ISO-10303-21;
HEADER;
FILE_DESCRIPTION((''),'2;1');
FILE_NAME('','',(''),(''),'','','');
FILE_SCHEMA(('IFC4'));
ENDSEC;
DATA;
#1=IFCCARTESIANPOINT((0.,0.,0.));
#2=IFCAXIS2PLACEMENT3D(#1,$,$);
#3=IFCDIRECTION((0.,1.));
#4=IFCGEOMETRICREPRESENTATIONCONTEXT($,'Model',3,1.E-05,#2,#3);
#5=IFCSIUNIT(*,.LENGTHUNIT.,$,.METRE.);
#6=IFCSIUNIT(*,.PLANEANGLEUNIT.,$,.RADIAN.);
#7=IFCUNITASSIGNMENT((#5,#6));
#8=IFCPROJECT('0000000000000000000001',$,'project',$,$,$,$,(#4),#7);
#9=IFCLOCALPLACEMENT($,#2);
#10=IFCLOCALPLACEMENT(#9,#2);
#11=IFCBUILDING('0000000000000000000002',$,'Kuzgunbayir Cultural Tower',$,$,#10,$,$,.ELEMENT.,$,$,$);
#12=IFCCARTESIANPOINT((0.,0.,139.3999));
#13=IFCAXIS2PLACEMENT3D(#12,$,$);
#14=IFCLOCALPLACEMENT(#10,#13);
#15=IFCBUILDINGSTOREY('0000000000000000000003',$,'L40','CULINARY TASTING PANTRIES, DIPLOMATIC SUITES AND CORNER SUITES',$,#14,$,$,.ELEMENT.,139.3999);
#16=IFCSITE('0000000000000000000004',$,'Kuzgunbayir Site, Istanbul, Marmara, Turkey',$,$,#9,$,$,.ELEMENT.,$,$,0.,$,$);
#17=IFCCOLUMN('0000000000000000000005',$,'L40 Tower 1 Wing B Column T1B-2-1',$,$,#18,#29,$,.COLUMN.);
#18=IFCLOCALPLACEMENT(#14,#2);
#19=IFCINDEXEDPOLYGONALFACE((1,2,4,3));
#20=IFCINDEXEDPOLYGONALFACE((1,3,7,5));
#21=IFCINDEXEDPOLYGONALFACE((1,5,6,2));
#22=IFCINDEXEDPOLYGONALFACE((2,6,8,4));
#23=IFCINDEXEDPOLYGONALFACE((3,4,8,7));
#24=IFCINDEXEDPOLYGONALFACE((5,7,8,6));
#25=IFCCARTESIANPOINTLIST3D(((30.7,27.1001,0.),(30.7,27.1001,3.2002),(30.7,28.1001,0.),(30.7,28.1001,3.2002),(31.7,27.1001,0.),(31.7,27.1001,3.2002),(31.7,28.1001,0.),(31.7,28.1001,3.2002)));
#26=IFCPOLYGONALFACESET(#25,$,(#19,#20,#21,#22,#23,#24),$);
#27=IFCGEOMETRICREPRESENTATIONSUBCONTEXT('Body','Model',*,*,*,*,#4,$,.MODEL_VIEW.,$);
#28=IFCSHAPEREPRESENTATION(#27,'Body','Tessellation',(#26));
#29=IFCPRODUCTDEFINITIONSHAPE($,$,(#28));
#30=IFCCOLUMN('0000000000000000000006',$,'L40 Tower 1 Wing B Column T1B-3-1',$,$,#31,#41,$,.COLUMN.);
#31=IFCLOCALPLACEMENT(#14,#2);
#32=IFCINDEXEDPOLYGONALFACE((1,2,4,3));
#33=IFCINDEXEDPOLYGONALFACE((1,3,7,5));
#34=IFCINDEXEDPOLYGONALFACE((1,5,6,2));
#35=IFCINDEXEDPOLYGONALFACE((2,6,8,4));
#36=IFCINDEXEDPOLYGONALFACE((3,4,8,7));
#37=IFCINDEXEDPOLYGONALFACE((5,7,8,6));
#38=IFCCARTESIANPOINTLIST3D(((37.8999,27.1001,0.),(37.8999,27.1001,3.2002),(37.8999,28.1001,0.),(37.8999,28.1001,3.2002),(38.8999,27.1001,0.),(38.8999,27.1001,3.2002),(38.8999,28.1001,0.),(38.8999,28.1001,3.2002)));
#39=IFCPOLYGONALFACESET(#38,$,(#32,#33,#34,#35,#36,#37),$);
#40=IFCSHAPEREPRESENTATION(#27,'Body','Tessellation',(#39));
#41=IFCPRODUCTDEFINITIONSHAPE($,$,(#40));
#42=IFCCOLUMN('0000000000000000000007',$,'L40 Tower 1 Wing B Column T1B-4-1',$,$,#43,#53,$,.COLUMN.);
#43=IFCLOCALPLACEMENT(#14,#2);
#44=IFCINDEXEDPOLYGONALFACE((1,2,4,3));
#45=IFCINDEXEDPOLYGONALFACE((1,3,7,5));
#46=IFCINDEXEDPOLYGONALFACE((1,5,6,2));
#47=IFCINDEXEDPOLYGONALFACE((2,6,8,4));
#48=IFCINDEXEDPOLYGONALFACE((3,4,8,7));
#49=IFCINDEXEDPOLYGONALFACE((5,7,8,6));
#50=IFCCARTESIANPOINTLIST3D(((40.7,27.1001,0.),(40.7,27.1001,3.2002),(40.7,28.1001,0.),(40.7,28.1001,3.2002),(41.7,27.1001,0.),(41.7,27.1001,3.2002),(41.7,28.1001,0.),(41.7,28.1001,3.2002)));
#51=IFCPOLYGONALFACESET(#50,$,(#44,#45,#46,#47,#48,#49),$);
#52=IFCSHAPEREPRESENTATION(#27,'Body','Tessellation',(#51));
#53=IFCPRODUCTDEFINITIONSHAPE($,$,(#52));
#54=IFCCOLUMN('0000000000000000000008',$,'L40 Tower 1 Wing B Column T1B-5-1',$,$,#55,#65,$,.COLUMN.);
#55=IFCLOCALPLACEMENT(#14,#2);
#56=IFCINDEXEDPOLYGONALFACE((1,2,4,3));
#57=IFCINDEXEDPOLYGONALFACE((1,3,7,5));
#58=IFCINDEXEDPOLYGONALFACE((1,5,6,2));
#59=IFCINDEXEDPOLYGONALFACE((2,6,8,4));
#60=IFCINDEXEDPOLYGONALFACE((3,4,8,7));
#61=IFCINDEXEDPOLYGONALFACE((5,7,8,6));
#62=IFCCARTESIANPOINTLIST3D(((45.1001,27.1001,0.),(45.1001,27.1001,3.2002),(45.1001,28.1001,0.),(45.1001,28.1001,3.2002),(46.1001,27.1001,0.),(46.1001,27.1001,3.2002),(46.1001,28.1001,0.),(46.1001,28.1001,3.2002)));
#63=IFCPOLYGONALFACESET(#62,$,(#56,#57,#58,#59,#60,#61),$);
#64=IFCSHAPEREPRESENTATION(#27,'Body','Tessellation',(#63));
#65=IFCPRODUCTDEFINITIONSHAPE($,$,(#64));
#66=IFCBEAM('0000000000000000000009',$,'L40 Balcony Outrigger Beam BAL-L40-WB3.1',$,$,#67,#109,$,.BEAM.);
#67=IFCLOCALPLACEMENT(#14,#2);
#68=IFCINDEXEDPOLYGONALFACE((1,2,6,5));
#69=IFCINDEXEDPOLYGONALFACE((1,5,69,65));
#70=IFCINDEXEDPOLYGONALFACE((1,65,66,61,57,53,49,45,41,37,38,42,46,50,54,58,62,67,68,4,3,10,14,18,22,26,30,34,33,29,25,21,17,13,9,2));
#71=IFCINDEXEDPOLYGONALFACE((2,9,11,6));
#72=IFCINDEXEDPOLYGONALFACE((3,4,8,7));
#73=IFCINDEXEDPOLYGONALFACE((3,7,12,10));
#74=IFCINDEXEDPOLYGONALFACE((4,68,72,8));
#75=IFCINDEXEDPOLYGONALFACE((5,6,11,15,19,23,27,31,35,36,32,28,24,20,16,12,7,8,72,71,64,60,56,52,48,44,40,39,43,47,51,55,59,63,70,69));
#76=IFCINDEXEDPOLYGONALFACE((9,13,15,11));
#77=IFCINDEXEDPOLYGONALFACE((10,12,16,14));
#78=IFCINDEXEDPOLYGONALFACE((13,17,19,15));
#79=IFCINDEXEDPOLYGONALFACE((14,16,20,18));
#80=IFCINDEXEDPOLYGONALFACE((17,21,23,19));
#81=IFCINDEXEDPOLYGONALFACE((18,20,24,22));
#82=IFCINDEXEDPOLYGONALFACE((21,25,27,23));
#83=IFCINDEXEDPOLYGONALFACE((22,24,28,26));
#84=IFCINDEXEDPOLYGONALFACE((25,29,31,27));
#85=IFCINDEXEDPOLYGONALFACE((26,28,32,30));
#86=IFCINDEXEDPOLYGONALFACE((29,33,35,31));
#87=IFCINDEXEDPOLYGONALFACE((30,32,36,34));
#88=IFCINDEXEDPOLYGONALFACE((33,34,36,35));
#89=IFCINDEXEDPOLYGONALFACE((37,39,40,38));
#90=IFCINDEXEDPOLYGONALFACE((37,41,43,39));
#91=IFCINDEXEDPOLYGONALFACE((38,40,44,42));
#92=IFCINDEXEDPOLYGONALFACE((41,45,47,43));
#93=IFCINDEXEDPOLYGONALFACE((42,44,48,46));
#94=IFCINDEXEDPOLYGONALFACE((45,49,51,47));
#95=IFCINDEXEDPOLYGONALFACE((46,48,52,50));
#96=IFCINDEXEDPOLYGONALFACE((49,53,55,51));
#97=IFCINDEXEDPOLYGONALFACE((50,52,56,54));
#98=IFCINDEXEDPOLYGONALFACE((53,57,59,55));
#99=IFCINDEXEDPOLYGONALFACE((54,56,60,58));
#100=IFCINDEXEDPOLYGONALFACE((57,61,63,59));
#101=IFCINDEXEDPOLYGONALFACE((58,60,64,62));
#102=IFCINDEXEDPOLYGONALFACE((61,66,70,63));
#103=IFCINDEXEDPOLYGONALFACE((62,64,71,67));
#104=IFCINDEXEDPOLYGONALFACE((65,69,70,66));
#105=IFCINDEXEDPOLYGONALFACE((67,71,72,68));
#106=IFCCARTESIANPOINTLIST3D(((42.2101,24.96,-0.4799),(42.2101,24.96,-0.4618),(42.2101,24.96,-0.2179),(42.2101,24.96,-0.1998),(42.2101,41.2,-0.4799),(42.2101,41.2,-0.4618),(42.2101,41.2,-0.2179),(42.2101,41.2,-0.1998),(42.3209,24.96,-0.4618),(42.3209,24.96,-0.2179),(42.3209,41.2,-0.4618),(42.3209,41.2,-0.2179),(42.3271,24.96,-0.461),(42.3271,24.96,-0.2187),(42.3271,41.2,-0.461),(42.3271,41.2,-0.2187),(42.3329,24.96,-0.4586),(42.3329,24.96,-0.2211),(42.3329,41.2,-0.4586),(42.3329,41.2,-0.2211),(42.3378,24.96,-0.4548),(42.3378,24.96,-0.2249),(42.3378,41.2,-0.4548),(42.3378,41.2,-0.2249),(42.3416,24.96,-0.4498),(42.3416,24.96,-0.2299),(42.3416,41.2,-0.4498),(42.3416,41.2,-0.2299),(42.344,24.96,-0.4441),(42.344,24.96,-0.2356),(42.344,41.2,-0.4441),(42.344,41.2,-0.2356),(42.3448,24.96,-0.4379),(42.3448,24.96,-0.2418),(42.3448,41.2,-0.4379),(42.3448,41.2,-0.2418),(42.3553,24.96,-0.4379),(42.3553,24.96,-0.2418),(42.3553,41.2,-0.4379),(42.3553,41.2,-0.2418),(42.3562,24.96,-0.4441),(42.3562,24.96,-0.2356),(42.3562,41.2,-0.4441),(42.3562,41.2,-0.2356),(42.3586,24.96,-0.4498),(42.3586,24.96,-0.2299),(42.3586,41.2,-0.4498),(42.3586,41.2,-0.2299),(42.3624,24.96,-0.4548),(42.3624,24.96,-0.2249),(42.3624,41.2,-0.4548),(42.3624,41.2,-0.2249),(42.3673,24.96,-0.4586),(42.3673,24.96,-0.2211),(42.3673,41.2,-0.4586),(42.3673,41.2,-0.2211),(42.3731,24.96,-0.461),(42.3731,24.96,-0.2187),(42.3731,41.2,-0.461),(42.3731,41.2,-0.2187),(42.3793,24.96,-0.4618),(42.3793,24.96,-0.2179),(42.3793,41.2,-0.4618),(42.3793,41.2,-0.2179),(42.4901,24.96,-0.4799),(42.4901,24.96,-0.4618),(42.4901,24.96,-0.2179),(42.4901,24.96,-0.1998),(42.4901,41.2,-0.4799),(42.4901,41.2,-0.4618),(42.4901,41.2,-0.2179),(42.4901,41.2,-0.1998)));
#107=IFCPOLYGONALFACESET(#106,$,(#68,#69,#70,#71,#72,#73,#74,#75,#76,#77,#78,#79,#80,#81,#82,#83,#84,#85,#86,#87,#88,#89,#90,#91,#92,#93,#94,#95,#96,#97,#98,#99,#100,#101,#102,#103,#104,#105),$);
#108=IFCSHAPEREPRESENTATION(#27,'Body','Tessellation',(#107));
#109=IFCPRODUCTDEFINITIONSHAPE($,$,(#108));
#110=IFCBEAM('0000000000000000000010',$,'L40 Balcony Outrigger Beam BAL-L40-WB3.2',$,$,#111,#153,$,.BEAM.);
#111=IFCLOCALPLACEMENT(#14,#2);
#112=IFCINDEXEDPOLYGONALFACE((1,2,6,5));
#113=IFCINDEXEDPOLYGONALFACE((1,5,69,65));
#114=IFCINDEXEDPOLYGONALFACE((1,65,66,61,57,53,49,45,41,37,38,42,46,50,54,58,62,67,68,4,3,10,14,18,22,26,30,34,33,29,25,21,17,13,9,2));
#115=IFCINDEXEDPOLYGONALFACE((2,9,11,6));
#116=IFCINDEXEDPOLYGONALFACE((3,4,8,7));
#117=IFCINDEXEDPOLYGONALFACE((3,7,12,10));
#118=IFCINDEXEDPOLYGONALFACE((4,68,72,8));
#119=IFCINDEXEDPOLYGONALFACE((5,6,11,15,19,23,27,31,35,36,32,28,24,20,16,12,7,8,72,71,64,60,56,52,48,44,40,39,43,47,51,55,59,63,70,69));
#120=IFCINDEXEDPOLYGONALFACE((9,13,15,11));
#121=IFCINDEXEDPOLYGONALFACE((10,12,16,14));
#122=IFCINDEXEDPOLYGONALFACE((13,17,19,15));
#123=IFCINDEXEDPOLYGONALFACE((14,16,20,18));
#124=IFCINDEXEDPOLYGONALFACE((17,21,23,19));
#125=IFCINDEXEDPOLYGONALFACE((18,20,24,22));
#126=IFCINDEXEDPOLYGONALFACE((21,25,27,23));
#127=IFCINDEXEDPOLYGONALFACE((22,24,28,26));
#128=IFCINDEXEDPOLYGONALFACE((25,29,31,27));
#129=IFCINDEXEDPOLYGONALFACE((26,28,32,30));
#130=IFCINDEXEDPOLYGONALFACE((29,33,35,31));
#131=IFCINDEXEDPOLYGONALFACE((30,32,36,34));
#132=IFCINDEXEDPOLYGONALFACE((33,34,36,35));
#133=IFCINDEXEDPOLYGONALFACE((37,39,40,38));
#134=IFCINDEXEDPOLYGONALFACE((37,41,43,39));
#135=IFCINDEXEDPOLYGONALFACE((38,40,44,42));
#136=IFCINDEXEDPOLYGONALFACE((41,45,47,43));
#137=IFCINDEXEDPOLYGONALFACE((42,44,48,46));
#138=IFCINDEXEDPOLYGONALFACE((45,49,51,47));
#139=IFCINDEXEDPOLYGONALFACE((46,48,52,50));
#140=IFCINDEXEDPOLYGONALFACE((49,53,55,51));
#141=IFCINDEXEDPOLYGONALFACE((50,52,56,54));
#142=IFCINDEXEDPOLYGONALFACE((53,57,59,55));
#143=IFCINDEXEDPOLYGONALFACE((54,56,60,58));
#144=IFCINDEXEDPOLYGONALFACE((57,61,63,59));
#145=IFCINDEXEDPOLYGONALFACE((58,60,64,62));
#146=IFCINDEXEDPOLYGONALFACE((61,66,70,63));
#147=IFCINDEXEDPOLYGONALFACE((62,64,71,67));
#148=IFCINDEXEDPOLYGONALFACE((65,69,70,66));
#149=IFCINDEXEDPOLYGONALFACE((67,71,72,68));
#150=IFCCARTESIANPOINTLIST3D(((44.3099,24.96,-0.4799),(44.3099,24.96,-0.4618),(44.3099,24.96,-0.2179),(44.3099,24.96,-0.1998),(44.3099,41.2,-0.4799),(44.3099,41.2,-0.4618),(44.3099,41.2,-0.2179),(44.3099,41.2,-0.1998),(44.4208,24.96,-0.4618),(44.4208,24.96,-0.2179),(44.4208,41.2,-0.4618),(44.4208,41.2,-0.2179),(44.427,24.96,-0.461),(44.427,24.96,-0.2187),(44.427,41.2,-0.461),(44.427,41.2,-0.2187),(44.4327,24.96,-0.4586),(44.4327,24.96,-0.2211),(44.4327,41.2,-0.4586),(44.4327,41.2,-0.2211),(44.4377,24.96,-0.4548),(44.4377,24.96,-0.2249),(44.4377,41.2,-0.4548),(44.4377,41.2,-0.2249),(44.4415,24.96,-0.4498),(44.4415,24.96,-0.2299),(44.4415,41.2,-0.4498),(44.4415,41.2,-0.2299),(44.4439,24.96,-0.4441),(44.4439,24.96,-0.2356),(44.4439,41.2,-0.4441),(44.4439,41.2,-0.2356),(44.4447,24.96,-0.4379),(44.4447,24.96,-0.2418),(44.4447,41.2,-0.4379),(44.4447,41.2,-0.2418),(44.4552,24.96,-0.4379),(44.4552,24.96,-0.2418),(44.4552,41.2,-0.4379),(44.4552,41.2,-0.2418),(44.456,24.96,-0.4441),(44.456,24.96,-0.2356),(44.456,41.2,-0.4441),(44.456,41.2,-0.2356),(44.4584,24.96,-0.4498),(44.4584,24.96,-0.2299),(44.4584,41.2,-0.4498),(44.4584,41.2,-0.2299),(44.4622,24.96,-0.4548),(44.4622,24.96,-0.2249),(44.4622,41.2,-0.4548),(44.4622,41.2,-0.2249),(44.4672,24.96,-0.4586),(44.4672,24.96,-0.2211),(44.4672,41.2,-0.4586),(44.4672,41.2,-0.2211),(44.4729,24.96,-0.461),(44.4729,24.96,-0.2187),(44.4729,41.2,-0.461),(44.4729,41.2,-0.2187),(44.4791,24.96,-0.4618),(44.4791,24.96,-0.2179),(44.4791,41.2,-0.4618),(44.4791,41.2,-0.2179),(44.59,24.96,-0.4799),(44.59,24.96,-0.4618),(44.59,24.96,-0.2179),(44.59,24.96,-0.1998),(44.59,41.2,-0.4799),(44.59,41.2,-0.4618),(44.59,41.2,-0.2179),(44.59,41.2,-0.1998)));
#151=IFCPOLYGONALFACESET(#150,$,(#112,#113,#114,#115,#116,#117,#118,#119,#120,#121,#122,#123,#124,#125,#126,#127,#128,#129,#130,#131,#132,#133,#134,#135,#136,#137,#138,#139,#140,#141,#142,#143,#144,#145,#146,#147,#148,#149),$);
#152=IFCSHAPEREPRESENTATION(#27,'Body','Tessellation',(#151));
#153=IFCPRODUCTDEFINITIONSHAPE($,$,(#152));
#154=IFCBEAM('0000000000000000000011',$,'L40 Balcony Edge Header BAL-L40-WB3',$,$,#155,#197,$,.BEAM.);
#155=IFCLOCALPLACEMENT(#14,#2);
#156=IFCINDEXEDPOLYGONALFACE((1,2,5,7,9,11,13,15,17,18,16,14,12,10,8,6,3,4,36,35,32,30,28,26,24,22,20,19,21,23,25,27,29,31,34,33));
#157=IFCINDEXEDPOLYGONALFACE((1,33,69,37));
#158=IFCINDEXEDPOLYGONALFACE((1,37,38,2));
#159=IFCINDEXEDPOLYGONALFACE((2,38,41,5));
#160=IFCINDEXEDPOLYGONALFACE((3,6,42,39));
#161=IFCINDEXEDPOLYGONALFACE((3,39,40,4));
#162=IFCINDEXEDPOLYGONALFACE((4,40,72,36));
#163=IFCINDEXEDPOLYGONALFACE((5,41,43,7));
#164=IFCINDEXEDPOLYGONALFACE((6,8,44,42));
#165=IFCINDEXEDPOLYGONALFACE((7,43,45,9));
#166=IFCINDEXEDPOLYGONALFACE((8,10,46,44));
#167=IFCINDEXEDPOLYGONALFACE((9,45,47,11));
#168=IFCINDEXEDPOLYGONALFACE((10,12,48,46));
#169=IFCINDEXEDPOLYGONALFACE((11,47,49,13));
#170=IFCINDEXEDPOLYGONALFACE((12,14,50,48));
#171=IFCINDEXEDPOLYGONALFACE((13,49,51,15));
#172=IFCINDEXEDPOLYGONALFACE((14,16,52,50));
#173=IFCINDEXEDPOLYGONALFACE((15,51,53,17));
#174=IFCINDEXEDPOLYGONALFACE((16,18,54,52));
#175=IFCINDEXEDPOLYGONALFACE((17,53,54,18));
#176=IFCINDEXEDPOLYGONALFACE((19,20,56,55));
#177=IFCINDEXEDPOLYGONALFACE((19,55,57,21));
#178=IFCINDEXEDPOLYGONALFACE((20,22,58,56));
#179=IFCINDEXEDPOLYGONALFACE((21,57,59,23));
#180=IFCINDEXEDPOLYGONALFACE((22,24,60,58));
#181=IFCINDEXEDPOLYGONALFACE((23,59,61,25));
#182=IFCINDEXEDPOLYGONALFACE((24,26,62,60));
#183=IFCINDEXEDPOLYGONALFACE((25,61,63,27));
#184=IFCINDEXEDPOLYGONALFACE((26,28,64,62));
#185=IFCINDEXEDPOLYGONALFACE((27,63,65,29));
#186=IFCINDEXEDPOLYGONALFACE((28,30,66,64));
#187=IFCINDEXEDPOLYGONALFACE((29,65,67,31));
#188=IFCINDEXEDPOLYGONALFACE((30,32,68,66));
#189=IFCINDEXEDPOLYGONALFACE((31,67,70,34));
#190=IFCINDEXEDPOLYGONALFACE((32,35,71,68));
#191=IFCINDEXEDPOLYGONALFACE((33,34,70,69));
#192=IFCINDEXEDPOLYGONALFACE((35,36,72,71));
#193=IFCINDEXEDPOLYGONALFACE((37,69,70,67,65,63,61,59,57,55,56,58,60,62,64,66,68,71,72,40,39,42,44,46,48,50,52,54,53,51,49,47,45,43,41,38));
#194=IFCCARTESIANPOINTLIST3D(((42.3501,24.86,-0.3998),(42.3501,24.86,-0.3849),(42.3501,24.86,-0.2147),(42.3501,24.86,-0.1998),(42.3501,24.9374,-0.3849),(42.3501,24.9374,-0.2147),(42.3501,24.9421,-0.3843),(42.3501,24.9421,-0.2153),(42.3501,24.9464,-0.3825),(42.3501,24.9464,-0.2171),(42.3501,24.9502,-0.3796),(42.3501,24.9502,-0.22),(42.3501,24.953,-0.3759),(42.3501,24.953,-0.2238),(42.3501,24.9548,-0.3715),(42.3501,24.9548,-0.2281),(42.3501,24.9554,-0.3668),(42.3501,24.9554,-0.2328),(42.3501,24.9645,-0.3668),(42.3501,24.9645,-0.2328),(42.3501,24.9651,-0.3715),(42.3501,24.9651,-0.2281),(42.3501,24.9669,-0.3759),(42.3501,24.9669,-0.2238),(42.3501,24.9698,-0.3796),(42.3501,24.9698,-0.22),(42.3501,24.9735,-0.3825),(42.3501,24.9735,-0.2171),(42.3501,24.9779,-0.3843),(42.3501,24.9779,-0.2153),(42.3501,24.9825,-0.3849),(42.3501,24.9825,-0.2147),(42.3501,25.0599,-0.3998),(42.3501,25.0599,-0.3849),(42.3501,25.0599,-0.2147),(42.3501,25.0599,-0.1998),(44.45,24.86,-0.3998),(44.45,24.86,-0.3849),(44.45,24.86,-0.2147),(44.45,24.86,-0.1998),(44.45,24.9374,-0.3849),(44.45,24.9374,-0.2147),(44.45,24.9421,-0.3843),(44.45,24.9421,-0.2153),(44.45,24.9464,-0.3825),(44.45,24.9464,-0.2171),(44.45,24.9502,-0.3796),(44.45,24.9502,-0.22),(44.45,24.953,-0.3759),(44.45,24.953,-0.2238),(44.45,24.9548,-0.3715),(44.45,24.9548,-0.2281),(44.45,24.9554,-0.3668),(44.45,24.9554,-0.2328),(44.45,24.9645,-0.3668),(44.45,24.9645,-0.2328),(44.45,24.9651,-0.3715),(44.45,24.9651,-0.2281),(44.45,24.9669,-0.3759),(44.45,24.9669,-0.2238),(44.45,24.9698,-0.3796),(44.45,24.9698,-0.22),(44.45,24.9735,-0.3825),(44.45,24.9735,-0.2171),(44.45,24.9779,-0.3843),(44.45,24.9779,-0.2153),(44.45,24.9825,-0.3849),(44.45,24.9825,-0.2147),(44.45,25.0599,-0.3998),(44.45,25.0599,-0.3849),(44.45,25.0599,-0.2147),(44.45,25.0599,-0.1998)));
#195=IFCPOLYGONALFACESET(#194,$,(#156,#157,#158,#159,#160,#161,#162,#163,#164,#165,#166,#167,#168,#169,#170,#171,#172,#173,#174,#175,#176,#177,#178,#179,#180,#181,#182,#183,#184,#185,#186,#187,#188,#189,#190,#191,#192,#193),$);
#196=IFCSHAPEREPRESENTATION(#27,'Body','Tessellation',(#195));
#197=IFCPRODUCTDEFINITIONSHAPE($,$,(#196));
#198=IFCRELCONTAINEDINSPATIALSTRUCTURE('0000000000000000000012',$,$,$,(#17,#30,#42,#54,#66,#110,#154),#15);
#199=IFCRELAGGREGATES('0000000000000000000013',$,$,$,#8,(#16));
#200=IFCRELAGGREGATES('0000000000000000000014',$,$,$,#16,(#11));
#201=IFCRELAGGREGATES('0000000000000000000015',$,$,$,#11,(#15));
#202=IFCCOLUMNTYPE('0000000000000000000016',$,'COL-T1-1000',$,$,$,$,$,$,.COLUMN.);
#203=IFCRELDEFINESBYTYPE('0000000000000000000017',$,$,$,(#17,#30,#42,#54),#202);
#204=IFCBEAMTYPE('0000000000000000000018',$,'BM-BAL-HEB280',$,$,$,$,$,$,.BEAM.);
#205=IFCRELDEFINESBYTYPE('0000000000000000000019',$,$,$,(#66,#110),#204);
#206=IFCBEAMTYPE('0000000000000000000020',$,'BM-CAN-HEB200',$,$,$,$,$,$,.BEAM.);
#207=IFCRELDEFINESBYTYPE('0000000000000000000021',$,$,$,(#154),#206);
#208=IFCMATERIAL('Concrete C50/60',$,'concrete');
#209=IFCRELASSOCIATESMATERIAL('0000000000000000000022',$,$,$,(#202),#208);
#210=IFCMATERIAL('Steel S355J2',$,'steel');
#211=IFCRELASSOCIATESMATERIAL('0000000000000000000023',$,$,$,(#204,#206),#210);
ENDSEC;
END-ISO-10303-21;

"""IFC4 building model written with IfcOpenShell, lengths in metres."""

from ifc_helpers import new_model, si_unit, direction, frame, origin, origin_2d, place, context, subcontext, project, spatial, rectangle, i_section, extrude, material, material_profile, profile_set, type_object, element, save


model = new_model("IFC4")

# Units and contexts
model_context = context("Model", 3, precision=1e-05, world=origin(), true_north=direction((0.0, 1.0)))
body_context = subcontext(model_context, "Body", "Model", "MODEL_VIEW")
ifc_project = project(units=[si_unit("LENGTHUNIT", "METRE"), si_unit("PLANEANGLEUNIT", "RADIAN")], contexts=[model_context])

# Site, building, storey
site_placement = place(None, origin())
site = spatial("IfcSite", under=ifc_project, at=site_placement, Name="Kuzgunbayir Site, Istanbul, Marmara, Turkey", CompositionType="ELEMENT", RefElevation=0.0)
building_placement = place(site_placement, origin())
building = spatial("IfcBuilding", under=site, at=building_placement, Name="Kuzgunbayir Cultural Tower", CompositionType="ELEMENT")
storey_placement = place(building_placement, frame((0.0, 0.0, 139.3999)))
storey = spatial("IfcBuildingStorey", under=building, at=storey_placement, Name="L40", Description="CULINARY TASTING PANTRIES, DIPLOMATIC SUITES AND CORNER SUITES", CompositionType="ELEMENT", Elevation=139.3999)

# Columns
ifc_material_1 = material(Name="Concrete C50/60", Category="concrete")
ifc_material_profile_1 = material_profile(ifc_material_1, rectangle(XDim=1.0, YDim=1.0, at=origin_2d()), Name="RC 1000x1000")
ifc_profile_set_1 = profile_set([ifc_material_profile_1], Name="Concrete C50/60")
column_type = type_object("IfcColumnType", Name="COL-T1-1000", PredefinedType="COLUMN", material=ifc_profile_set_1)
for number, where, z_axis, x_axis, name in (
    (1, (31.2, 27.6001, 0.0), (0.0, 0.0, 1.0), (1.0, 0.0, 0.0), "L40 Tower 1 Wing B Column T1B-2-1"),
    (2, (38.3999, 27.6001, 0.0), (0.0, 0.0, 1.0), (1.0, 0.0, 0.0), "L40 Tower 1 Wing B Column T1B-3-1"),
    (3, (41.2, 27.6001, 0.0), (0.0, 0.0, 1.0), (1.0, 0.0, 0.0), "L40 Tower 1 Wing B Column T1B-4-1"),
    (4, (45.6001, 27.6001, 0.0), (0.0, 0.0, 1.0), (1.0, 0.0, 0.0), "L40 Tower 1 Wing B Column T1B-5-1"),
):
    element("IfcColumn", number, at=place(storey_placement, frame(where, z_axis=z_axis, x_axis=x_axis)), inside=storey, type_object=column_type, Name=name, PredefinedType="COLUMN", context=body_context, shape_type="SweptSolid", body=[
        extrude(rectangle(XDim=1.0, YDim=1.0, at=origin_2d()), origin(), (0.0, 0.0, 1.0), 3.2002),
    ])

# Beams
ifc_material_2 = material(Name="Steel S355J2", Category="steel")
ifc_material_profile_2 = material_profile(ifc_material_2, i_section(OverallWidth=0.28, OverallDepth=0.28, WebThickness=0.0105, FlangeThickness=0.0181, FilletRadius=0.0239, at=origin_2d()), Name="HEB 280")
ifc_profile_set_2 = profile_set([ifc_material_profile_2], Name="Steel S355J2")
beam_type_1 = type_object("IfcBeamType", Name="BM-BAL-HEB280", PredefinedType="BEAM", material=ifc_profile_set_2)
for number, where, z_axis, x_axis, name in (
    (5, (42.3501, 24.96, -0.3398), (0.0, 1.0, 0.0), (-1.0, 0.0, 0.0), "L40 Balcony Outrigger Beam BAL-L40-WB3.1"),
    (6, (44.45, 24.96, -0.3398), (0.0, 1.0, 0.0), (-1.0, 0.0, 0.0), "L40 Balcony Outrigger Beam BAL-L40-WB3.2"),
):
    element("IfcBeam", number, at=place(storey_placement, frame(where, z_axis=z_axis, x_axis=x_axis)), inside=storey, type_object=beam_type_1, Name=name, PredefinedType="BEAM", context=body_context, shape_type="SweptSolid", body=[
        extrude(i_section(OverallWidth=0.28, OverallDepth=0.28, WebThickness=0.0105, FlangeThickness=0.0181, FilletRadius=0.0239, at=origin_2d()), origin(), (0.0, 0.0, 1.0), 16.24),
    ])
ifc_material_profile_3 = material_profile(ifc_material_2, i_section(OverallWidth=0.2, OverallDepth=0.2, WebThickness=0.009, FlangeThickness=0.0149, FilletRadius=0.0181, at=origin_2d()), Name="HEB 200")
ifc_profile_set_3 = profile_set([ifc_material_profile_3], Name="Steel S355J2")
beam_type_2 = type_object("IfcBeamType", Name="BM-CAN-HEB200", PredefinedType="BEAM", material=ifc_profile_set_3)
beam_1_placement = place(storey_placement, frame((42.3501, 24.96, -0.2998), z_axis=(1.0, 0.0, 0.0), x_axis=(0.0, 1.0, 0.0)))
element("IfcBeam", 7, at=beam_1_placement, inside=storey, type_object=beam_type_2, Name="L40 Balcony Edge Header BAL-L40-WB3", PredefinedType="BEAM", context=body_context, shape_type="SweptSolid", body=[
    extrude(i_section(OverallWidth=0.2, OverallDepth=0.2, WebThickness=0.009, FlangeThickness=0.0149, FilletRadius=0.0181, at=origin_2d()), origin(), (0.0, 0.0, 1.0), 2.0999),
])

save(model, "model.ifc")
